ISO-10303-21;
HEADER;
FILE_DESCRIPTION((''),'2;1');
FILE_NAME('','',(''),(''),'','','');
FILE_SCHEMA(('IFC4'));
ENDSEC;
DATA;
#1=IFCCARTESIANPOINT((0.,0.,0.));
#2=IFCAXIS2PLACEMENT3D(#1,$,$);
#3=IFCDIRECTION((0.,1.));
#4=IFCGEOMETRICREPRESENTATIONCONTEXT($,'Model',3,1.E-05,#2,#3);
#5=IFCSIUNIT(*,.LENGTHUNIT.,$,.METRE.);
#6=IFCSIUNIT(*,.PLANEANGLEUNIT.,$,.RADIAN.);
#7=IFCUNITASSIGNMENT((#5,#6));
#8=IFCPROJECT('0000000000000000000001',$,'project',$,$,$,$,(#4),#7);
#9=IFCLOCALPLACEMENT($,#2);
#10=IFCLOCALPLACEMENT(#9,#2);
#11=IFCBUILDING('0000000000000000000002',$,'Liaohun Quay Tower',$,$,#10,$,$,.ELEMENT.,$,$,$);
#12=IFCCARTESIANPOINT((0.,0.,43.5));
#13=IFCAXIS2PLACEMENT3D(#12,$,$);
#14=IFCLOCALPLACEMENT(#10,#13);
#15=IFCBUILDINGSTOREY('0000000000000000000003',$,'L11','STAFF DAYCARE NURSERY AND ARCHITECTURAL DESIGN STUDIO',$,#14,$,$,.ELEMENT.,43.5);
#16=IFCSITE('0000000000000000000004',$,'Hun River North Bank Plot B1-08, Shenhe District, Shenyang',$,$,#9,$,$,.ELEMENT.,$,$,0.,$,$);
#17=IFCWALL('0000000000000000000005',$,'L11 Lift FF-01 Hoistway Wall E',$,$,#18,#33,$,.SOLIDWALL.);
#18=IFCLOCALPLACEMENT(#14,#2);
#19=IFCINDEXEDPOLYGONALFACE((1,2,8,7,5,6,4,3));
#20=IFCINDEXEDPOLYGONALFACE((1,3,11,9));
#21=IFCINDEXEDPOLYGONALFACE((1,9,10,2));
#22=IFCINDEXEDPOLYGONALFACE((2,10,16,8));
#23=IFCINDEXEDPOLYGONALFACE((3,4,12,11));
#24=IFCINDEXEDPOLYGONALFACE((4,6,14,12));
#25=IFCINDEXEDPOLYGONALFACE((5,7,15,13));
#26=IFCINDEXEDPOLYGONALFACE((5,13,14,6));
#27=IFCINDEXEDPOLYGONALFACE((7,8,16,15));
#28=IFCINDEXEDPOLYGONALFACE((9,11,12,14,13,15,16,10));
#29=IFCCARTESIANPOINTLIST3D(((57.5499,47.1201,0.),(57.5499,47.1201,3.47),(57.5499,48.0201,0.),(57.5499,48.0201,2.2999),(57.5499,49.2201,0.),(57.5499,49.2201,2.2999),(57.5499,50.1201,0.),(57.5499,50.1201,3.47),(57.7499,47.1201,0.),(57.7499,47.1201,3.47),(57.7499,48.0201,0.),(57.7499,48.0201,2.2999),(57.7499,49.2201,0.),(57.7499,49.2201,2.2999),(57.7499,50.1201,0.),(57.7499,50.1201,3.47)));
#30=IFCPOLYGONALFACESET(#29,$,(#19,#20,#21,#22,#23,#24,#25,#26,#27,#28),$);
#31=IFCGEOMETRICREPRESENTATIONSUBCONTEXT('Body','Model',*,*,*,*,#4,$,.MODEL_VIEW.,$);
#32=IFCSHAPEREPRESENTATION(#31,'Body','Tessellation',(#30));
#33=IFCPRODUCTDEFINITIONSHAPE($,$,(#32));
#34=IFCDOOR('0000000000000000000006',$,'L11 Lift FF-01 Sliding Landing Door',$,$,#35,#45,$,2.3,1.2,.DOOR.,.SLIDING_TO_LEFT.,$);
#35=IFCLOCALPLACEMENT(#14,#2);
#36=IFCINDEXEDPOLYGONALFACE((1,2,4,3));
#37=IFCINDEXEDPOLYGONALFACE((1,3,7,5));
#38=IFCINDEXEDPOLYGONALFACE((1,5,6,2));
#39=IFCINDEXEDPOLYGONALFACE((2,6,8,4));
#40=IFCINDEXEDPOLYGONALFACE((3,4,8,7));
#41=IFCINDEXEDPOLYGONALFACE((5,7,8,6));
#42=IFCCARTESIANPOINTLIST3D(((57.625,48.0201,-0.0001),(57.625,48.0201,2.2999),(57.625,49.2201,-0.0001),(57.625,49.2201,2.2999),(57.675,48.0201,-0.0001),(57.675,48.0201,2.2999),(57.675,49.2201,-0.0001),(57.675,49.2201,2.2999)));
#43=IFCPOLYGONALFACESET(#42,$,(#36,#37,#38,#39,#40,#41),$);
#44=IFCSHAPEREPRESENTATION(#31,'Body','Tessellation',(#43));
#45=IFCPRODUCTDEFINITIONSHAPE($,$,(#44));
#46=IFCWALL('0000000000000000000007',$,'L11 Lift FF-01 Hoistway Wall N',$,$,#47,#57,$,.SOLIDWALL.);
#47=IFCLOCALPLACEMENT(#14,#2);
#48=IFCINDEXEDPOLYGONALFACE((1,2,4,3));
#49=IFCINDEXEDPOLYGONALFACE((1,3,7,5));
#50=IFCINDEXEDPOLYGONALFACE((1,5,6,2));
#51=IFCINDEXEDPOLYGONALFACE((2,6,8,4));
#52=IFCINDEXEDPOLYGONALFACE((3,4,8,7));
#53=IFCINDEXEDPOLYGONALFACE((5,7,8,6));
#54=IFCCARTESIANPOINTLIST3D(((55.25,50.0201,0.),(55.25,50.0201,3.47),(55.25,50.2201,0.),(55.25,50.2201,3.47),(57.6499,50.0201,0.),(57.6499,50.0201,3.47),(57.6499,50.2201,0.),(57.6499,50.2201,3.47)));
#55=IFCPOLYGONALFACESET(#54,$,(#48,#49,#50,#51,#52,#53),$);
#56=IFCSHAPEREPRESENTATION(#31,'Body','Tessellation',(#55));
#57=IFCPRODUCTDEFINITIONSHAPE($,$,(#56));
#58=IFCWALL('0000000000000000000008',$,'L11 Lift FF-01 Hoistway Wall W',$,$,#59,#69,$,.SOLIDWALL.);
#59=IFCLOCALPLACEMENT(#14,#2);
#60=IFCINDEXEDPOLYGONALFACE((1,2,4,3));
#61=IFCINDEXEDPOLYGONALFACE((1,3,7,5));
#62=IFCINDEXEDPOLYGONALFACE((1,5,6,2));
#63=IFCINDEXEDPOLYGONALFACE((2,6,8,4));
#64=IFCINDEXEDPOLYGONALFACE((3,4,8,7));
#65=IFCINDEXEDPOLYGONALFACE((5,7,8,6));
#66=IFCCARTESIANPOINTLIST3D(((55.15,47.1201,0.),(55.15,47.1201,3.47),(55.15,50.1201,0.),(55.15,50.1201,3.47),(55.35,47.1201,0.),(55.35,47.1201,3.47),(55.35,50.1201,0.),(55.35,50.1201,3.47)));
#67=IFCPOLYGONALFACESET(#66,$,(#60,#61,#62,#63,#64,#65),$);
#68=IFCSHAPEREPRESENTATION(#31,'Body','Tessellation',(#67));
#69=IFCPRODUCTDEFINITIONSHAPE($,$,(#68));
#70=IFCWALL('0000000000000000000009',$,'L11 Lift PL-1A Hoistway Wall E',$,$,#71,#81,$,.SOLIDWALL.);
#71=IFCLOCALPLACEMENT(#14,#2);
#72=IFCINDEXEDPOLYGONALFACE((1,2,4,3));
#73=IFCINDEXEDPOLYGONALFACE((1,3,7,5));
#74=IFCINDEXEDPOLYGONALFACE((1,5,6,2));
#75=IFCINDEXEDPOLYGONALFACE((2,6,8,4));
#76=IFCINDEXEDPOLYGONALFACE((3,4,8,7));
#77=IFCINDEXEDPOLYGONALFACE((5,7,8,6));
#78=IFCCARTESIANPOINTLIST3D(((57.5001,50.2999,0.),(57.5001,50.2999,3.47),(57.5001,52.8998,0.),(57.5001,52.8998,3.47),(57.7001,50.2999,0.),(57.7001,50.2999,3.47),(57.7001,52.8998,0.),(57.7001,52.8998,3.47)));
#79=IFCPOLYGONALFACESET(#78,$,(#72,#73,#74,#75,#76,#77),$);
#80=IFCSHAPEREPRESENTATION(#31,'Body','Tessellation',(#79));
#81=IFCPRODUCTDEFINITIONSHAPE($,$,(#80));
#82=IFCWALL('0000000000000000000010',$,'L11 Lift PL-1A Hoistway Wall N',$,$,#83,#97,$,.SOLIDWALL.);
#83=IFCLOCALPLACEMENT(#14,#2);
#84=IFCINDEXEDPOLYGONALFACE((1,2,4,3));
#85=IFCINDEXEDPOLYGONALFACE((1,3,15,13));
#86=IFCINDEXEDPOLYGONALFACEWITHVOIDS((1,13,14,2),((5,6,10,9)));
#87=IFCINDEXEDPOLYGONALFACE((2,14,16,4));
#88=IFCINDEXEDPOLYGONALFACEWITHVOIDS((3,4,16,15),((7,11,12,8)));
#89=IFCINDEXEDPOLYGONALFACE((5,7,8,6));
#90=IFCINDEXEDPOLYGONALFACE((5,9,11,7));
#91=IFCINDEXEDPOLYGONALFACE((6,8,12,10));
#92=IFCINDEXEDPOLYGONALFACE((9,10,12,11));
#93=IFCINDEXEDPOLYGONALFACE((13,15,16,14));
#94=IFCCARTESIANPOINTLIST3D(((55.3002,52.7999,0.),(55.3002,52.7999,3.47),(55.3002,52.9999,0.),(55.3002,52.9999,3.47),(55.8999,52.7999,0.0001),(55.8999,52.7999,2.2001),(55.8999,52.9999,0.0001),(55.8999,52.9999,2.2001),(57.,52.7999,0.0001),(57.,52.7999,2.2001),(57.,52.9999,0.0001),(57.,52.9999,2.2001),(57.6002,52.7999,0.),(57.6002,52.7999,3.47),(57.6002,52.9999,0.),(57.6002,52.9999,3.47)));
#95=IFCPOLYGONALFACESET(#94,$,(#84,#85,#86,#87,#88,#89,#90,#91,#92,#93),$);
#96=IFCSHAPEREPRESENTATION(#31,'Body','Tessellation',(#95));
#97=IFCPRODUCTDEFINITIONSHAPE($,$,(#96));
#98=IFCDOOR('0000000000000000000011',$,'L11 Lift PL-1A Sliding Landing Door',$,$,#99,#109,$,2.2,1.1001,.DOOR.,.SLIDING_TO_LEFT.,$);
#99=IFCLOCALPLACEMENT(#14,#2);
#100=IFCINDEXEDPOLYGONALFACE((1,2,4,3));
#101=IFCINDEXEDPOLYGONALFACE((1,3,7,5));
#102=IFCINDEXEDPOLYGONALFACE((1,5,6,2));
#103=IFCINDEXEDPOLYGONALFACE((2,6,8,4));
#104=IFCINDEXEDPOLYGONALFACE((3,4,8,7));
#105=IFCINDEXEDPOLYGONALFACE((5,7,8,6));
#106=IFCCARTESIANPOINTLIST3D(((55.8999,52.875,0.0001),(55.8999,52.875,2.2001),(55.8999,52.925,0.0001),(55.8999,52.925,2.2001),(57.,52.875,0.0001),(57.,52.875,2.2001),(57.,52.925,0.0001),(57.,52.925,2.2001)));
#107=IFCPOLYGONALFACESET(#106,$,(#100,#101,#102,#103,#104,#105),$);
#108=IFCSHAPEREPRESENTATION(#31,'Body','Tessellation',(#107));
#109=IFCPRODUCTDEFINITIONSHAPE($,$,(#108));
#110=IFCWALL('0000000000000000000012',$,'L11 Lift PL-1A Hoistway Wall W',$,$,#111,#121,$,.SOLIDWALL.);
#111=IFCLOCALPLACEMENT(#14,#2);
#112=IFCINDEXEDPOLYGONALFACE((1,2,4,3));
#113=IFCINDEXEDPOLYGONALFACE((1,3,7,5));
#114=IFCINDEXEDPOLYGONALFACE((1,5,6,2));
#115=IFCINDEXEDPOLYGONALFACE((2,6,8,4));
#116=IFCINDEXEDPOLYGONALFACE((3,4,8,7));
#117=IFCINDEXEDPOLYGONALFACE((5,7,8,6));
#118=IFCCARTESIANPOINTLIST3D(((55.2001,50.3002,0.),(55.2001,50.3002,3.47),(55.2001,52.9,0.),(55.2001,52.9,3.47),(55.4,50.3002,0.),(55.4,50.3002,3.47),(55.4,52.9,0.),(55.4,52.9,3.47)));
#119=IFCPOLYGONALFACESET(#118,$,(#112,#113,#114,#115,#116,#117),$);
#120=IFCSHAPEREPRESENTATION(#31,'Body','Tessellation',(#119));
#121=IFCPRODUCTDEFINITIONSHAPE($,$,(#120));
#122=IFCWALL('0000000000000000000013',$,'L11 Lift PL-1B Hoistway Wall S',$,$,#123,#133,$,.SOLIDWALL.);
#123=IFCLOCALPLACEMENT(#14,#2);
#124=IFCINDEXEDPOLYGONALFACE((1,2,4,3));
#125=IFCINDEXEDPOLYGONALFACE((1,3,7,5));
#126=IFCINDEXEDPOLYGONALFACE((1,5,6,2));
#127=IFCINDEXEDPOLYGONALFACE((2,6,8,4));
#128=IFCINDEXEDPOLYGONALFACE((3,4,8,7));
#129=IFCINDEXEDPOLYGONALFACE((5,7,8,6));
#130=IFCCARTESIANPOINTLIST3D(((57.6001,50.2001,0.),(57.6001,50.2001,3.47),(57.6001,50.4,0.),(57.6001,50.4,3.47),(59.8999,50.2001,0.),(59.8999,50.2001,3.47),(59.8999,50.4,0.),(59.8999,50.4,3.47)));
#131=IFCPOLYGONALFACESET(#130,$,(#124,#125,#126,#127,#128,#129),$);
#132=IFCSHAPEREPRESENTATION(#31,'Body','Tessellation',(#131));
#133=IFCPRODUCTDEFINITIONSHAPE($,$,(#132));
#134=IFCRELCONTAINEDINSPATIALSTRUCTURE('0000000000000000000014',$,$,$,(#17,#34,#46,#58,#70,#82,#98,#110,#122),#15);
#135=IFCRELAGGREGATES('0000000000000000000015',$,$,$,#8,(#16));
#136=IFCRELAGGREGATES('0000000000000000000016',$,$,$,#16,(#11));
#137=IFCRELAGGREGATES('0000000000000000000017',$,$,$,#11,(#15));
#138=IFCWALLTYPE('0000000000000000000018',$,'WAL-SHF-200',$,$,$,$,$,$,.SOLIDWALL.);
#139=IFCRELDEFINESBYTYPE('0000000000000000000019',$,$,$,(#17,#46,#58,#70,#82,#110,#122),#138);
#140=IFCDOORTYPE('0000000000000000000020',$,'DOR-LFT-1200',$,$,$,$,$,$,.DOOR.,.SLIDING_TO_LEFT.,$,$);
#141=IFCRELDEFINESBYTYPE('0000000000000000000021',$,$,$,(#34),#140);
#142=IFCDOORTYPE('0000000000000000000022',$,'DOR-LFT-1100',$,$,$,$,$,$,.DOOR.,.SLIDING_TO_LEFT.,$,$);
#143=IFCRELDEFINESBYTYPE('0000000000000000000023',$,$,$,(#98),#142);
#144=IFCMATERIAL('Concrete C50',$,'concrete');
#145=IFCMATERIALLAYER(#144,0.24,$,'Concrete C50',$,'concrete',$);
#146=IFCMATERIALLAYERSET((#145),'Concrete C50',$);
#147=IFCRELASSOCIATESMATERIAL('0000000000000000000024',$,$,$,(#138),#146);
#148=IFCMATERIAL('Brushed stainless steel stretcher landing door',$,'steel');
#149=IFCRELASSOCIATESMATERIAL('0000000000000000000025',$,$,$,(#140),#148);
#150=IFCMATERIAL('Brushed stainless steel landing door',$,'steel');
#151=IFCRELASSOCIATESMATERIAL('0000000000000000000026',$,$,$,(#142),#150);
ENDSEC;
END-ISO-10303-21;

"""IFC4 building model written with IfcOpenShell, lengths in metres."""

from ifc_helpers import new_model, si_unit, direction, frame, frame_2d, origin, place, context, subcontext, project, spatial, rectangle, extrude, source, transform, mapped, material, layer, layer_set, type_object, element, fill, save


model = new_model("IFC4")

# Units and contexts
model_context = context("Model", 3, precision=1e-05, world=origin(), true_north=direction((0.0, 1.0)))
body_context = subcontext(model_context, "Body", "Model", "MODEL_VIEW")
ifc_project = project(units=[si_unit("LENGTHUNIT", "METRE"), si_unit("PLANEANGLEUNIT", "RADIAN")], contexts=[model_context])

# Site, building, storey
site_placement = place(None, origin())
site = spatial("IfcSite", under=ifc_project, at=site_placement, Name="Hun River North Bank Plot B1-08, Shenhe District, Shenyang", CompositionType="ELEMENT", RefElevation=0.0)
building_placement = place(site_placement, origin())
building = spatial("IfcBuilding", under=site, at=building_placement, Name="Liaohun Quay Tower", CompositionType="ELEMENT")
storey_placement = place(building_placement, frame((0.0, 0.0, 43.5)))
storey = spatial("IfcBuildingStorey", under=building, at=storey_placement, Name="L11", Description="STAFF DAYCARE NURSERY AND ARCHITECTURAL DESIGN STUDIO", CompositionType="ELEMENT", Elevation=43.5)

# Shared definitions
ifc_material_1 = material(Name="Concrete C50", Category="concrete")
ifc_layer_1 = layer(ifc_material_1, 0.24, Name="Concrete C50", Category="concrete")
ifc_layer_set_1 = layer_set([ifc_layer_1], Name="Concrete C50")
wall_type_1 = type_object("IfcWallType", Name="WAL-SHF-200", PredefinedType="SOLIDWALL", material=ifc_layer_set_1)

# Wall, opening, door
wall_1_placement = place(storey_placement, frame((57.6499, 47.1201, 0.0), z_axis=(0.0, 0.0, 1.0), x_axis=(0.0, 1.0, 0.0)))
wall_1 = element("IfcWall", 1, at=wall_1_placement, inside=storey, type_object=wall_type_1, Name="L11 Lift FF-01 Hoistway Wall E", PredefinedType="SOLIDWALL", context=body_context, shape_type="SweptSolid", body=[
    extrude(rectangle(XDim=3.0, YDim=0.2, at=frame_2d((1.5, 0.0))), origin(), (0.0, 0.0, 1.0), 3.47),
])
shared_shape_1 = source(origin(), body_context, "Body", "SweptSolid", [
    extrude(rectangle(XDim=1.2, YDim=2.3, at=frame_2d((0.6001, 1.1499))), frame((0.0, 0.1099, 0.0), z_axis=(0.0, -1.0, 0.0), x_axis=(1.0, 0.0, 0.0)), (0.0, 0.0, 1.0), 0.22),
])
opening_1_placement = place(wall_1_placement, frame((0.8999, 0.0, 0.0)))
opening_1 = element("IfcOpeningElement", 2, at=opening_1_placement, cuts=wall_1, PredefinedType="OPENING", context=body_context, shape_type="MappedRepresentation", body=[
    mapped(shared_shape_1, transform((0.0, 0.0, 0.0), x_axis=(1.0, 0.0, 0.0), y_axis=(0.0, 1.0, 0.0), z_axis=(0.0, 0.0, 1.0), scale=1.0)),
])
ifc_material_2 = material(Name="Brushed stainless steel stretcher landing door", Category="steel")
door_type_1 = type_object("IfcDoorType", Name="DOR-LFT-1200", OperationType="SLIDING_TO_LEFT", PredefinedType="DOOR", material=ifc_material_2)
shared_shape_2 = source(origin(), body_context, "Body", "SweptSolid", [
    extrude(rectangle(XDim=1.2, YDim=2.3, at=frame_2d((0.6001, 1.1499))), frame((0.0, 0.0249, 0.0), z_axis=(0.0, -1.0, 0.0), x_axis=(1.0, 0.0, 0.0)), (0.0, 0.0, 1.0), 0.05),
])
door_1_placement = place(opening_1_placement, origin())
door_1 = element("IfcDoor", 3, at=door_1_placement, inside=storey, type_object=door_type_1, Name="L11 Lift FF-01 Sliding Landing Door", OperationType="SLIDING_TO_LEFT", OverallHeight=2.3, OverallWidth=1.2, PredefinedType="DOOR", context=body_context, shape_type="MappedRepresentation", body=[
    mapped(shared_shape_2, transform((0.0, 0.0, 0.0), x_axis=(1.0, 0.0, 0.0), y_axis=(0.0, 1.0, 0.0), z_axis=(0.0, 0.0, 1.0), scale=1.0)),
])
fill(opening_1, door_1)

# Walls
wall_2_placement = place(storey_placement, frame((57.6499, 50.1201, 0.0), z_axis=(0.0, 0.0, 1.0), x_axis=(-1.0, 0.0, 0.0)))
element("IfcWall", 4, at=wall_2_placement, inside=storey, type_object=wall_type_1, Name="L11 Lift FF-01 Hoistway Wall N", PredefinedType="SOLIDWALL", context=body_context, shape_type="SweptSolid", body=[
    extrude(rectangle(XDim=2.3999, YDim=0.2, at=frame_2d((1.2, 0.0))), origin(), (0.0, 0.0, 1.0), 3.47),
])
wall_3_placement = place(storey_placement, frame((55.25, 50.1201, 0.0), z_axis=(0.0, 0.0, 1.0), x_axis=(0.0, -1.0, 0.0)))
element("IfcWall", 5, at=wall_3_placement, inside=storey, type_object=wall_type_1, Name="L11 Lift FF-01 Hoistway Wall W", PredefinedType="SOLIDWALL", context=body_context, shape_type="SweptSolid", body=[
    extrude(rectangle(XDim=3.0, YDim=0.2, at=frame_2d((1.5, 0.0))), origin(), (0.0, 0.0, 1.0), 3.47),
])
wall_4_placement = place(storey_placement, frame((57.6001, 50.3, 0.0), z_axis=(0.0, 0.0, 1.0), x_axis=(0.0, 1.0, 0.0)))
element("IfcWall", 6, at=wall_4_placement, inside=storey, type_object=wall_type_1, Name="L11 Lift PL-1A Hoistway Wall E", PredefinedType="SOLIDWALL", context=body_context, shape_type="SweptSolid", body=[
    extrude(rectangle(XDim=2.5999, YDim=0.2, at=frame_2d((1.2998, 0.0))), origin(), (0.0, 0.0, 1.0), 3.47),
])

# Wall, opening, door
wall_5_placement = place(storey_placement, frame((57.6001, 52.8999, 0.0), z_axis=(0.0, 0.0, 1.0), x_axis=(-1.0, 0.0, 0.0)))
wall_5 = element("IfcWall", 7, at=wall_5_placement, inside=storey, type_object=wall_type_1, Name="L11 Lift PL-1A Hoistway Wall N", PredefinedType="SOLIDWALL", context=body_context, shape_type="SweptSolid", body=[
    extrude(rectangle(XDim=2.3, YDim=0.2, at=frame_2d((1.1499, 0.0))), origin(), (0.0, 0.0, 1.0), 3.47),
])
shared_shape_3 = source(origin(), body_context, "Body", "SweptSolid", [
    extrude(rectangle(XDim=1.1001, YDim=2.2, at=frame_2d((0.55, 1.1001))), frame((0.0, 0.1099, 0.0), z_axis=(0.0, -1.0, 0.0), x_axis=(1.0, 0.0, 0.0)), (0.0, 0.0, 1.0), 0.22),
])
opening_2_placement = place(wall_5_placement, frame((0.6001, 0.0, 0.0)))
opening_2 = element("IfcOpeningElement", 8, at=opening_2_placement, cuts=wall_5, PredefinedType="OPENING", context=body_context, shape_type="MappedRepresentation", body=[
    mapped(shared_shape_3, transform((0.0, 0.0, 0.0), x_axis=(1.0, 0.0, 0.0), y_axis=(0.0, 1.0, 0.0), z_axis=(0.0, 0.0, 1.0), scale=1.0)),
])
ifc_material_3 = material(Name="Brushed stainless steel landing door", Category="steel")
door_type_2 = type_object("IfcDoorType", Name="DOR-LFT-1100", OperationType="SLIDING_TO_LEFT", PredefinedType="DOOR", material=ifc_material_3)
shared_shape_4 = source(origin(), body_context, "Body", "SweptSolid", [
    extrude(rectangle(XDim=1.1001, YDim=2.2, at=frame_2d((0.55, 1.1001))), frame((0.0, 0.0249, 0.0), z_axis=(0.0, -1.0, 0.0), x_axis=(1.0, 0.0, 0.0)), (0.0, 0.0, 1.0), 0.05),
])
door_2_placement = place(opening_2_placement, origin())
door_2 = element("IfcDoor", 9, at=door_2_placement, inside=storey, type_object=door_type_2, Name="L11 Lift PL-1A Sliding Landing Door", OperationType="SLIDING_TO_LEFT", OverallHeight=2.2, OverallWidth=1.1001, PredefinedType="DOOR", context=body_context, shape_type="MappedRepresentation", body=[
    mapped(shared_shape_4, transform((0.0, 0.0, 0.0), x_axis=(1.0, 0.0, 0.0), y_axis=(0.0, 1.0, 0.0), z_axis=(0.0, 0.0, 1.0), scale=1.0)),
])
fill(opening_2, door_2)

# Walls
wall_6_placement = place(storey_placement, frame((55.3, 52.8999, 0.0), z_axis=(0.0, 0.0, 1.0), x_axis=(0.0, -1.0, 0.0)))
element("IfcWall", 10, at=wall_6_placement, inside=storey, type_object=wall_type_1, Name="L11 Lift PL-1A Hoistway Wall W", PredefinedType="SOLIDWALL", context=body_context, shape_type="SweptSolid", body=[
    extrude(rectangle(XDim=2.5999, YDim=0.2, at=frame_2d((1.2998, 0.0))), origin(), (0.0, 0.0, 1.0), 3.47),
])
wall_7_placement = place(storey_placement, frame((57.6001, 50.3, 0.0), z_axis=(0.0, 0.0, 1.0), x_axis=(1.0, 0.0, 0.0)))
element("IfcWall", 11, at=wall_7_placement, inside=storey, type_object=wall_type_1, Name="L11 Lift PL-1B Hoistway Wall S", PredefinedType="SOLIDWALL", context=body_context, shape_type="SweptSolid", body=[
    extrude(rectangle(XDim=2.2998, YDim=0.2, at=frame_2d((1.1499, 0.0))), origin(), (0.0, 0.0, 1.0), 3.47),
])

save(model, "model.ifc")
